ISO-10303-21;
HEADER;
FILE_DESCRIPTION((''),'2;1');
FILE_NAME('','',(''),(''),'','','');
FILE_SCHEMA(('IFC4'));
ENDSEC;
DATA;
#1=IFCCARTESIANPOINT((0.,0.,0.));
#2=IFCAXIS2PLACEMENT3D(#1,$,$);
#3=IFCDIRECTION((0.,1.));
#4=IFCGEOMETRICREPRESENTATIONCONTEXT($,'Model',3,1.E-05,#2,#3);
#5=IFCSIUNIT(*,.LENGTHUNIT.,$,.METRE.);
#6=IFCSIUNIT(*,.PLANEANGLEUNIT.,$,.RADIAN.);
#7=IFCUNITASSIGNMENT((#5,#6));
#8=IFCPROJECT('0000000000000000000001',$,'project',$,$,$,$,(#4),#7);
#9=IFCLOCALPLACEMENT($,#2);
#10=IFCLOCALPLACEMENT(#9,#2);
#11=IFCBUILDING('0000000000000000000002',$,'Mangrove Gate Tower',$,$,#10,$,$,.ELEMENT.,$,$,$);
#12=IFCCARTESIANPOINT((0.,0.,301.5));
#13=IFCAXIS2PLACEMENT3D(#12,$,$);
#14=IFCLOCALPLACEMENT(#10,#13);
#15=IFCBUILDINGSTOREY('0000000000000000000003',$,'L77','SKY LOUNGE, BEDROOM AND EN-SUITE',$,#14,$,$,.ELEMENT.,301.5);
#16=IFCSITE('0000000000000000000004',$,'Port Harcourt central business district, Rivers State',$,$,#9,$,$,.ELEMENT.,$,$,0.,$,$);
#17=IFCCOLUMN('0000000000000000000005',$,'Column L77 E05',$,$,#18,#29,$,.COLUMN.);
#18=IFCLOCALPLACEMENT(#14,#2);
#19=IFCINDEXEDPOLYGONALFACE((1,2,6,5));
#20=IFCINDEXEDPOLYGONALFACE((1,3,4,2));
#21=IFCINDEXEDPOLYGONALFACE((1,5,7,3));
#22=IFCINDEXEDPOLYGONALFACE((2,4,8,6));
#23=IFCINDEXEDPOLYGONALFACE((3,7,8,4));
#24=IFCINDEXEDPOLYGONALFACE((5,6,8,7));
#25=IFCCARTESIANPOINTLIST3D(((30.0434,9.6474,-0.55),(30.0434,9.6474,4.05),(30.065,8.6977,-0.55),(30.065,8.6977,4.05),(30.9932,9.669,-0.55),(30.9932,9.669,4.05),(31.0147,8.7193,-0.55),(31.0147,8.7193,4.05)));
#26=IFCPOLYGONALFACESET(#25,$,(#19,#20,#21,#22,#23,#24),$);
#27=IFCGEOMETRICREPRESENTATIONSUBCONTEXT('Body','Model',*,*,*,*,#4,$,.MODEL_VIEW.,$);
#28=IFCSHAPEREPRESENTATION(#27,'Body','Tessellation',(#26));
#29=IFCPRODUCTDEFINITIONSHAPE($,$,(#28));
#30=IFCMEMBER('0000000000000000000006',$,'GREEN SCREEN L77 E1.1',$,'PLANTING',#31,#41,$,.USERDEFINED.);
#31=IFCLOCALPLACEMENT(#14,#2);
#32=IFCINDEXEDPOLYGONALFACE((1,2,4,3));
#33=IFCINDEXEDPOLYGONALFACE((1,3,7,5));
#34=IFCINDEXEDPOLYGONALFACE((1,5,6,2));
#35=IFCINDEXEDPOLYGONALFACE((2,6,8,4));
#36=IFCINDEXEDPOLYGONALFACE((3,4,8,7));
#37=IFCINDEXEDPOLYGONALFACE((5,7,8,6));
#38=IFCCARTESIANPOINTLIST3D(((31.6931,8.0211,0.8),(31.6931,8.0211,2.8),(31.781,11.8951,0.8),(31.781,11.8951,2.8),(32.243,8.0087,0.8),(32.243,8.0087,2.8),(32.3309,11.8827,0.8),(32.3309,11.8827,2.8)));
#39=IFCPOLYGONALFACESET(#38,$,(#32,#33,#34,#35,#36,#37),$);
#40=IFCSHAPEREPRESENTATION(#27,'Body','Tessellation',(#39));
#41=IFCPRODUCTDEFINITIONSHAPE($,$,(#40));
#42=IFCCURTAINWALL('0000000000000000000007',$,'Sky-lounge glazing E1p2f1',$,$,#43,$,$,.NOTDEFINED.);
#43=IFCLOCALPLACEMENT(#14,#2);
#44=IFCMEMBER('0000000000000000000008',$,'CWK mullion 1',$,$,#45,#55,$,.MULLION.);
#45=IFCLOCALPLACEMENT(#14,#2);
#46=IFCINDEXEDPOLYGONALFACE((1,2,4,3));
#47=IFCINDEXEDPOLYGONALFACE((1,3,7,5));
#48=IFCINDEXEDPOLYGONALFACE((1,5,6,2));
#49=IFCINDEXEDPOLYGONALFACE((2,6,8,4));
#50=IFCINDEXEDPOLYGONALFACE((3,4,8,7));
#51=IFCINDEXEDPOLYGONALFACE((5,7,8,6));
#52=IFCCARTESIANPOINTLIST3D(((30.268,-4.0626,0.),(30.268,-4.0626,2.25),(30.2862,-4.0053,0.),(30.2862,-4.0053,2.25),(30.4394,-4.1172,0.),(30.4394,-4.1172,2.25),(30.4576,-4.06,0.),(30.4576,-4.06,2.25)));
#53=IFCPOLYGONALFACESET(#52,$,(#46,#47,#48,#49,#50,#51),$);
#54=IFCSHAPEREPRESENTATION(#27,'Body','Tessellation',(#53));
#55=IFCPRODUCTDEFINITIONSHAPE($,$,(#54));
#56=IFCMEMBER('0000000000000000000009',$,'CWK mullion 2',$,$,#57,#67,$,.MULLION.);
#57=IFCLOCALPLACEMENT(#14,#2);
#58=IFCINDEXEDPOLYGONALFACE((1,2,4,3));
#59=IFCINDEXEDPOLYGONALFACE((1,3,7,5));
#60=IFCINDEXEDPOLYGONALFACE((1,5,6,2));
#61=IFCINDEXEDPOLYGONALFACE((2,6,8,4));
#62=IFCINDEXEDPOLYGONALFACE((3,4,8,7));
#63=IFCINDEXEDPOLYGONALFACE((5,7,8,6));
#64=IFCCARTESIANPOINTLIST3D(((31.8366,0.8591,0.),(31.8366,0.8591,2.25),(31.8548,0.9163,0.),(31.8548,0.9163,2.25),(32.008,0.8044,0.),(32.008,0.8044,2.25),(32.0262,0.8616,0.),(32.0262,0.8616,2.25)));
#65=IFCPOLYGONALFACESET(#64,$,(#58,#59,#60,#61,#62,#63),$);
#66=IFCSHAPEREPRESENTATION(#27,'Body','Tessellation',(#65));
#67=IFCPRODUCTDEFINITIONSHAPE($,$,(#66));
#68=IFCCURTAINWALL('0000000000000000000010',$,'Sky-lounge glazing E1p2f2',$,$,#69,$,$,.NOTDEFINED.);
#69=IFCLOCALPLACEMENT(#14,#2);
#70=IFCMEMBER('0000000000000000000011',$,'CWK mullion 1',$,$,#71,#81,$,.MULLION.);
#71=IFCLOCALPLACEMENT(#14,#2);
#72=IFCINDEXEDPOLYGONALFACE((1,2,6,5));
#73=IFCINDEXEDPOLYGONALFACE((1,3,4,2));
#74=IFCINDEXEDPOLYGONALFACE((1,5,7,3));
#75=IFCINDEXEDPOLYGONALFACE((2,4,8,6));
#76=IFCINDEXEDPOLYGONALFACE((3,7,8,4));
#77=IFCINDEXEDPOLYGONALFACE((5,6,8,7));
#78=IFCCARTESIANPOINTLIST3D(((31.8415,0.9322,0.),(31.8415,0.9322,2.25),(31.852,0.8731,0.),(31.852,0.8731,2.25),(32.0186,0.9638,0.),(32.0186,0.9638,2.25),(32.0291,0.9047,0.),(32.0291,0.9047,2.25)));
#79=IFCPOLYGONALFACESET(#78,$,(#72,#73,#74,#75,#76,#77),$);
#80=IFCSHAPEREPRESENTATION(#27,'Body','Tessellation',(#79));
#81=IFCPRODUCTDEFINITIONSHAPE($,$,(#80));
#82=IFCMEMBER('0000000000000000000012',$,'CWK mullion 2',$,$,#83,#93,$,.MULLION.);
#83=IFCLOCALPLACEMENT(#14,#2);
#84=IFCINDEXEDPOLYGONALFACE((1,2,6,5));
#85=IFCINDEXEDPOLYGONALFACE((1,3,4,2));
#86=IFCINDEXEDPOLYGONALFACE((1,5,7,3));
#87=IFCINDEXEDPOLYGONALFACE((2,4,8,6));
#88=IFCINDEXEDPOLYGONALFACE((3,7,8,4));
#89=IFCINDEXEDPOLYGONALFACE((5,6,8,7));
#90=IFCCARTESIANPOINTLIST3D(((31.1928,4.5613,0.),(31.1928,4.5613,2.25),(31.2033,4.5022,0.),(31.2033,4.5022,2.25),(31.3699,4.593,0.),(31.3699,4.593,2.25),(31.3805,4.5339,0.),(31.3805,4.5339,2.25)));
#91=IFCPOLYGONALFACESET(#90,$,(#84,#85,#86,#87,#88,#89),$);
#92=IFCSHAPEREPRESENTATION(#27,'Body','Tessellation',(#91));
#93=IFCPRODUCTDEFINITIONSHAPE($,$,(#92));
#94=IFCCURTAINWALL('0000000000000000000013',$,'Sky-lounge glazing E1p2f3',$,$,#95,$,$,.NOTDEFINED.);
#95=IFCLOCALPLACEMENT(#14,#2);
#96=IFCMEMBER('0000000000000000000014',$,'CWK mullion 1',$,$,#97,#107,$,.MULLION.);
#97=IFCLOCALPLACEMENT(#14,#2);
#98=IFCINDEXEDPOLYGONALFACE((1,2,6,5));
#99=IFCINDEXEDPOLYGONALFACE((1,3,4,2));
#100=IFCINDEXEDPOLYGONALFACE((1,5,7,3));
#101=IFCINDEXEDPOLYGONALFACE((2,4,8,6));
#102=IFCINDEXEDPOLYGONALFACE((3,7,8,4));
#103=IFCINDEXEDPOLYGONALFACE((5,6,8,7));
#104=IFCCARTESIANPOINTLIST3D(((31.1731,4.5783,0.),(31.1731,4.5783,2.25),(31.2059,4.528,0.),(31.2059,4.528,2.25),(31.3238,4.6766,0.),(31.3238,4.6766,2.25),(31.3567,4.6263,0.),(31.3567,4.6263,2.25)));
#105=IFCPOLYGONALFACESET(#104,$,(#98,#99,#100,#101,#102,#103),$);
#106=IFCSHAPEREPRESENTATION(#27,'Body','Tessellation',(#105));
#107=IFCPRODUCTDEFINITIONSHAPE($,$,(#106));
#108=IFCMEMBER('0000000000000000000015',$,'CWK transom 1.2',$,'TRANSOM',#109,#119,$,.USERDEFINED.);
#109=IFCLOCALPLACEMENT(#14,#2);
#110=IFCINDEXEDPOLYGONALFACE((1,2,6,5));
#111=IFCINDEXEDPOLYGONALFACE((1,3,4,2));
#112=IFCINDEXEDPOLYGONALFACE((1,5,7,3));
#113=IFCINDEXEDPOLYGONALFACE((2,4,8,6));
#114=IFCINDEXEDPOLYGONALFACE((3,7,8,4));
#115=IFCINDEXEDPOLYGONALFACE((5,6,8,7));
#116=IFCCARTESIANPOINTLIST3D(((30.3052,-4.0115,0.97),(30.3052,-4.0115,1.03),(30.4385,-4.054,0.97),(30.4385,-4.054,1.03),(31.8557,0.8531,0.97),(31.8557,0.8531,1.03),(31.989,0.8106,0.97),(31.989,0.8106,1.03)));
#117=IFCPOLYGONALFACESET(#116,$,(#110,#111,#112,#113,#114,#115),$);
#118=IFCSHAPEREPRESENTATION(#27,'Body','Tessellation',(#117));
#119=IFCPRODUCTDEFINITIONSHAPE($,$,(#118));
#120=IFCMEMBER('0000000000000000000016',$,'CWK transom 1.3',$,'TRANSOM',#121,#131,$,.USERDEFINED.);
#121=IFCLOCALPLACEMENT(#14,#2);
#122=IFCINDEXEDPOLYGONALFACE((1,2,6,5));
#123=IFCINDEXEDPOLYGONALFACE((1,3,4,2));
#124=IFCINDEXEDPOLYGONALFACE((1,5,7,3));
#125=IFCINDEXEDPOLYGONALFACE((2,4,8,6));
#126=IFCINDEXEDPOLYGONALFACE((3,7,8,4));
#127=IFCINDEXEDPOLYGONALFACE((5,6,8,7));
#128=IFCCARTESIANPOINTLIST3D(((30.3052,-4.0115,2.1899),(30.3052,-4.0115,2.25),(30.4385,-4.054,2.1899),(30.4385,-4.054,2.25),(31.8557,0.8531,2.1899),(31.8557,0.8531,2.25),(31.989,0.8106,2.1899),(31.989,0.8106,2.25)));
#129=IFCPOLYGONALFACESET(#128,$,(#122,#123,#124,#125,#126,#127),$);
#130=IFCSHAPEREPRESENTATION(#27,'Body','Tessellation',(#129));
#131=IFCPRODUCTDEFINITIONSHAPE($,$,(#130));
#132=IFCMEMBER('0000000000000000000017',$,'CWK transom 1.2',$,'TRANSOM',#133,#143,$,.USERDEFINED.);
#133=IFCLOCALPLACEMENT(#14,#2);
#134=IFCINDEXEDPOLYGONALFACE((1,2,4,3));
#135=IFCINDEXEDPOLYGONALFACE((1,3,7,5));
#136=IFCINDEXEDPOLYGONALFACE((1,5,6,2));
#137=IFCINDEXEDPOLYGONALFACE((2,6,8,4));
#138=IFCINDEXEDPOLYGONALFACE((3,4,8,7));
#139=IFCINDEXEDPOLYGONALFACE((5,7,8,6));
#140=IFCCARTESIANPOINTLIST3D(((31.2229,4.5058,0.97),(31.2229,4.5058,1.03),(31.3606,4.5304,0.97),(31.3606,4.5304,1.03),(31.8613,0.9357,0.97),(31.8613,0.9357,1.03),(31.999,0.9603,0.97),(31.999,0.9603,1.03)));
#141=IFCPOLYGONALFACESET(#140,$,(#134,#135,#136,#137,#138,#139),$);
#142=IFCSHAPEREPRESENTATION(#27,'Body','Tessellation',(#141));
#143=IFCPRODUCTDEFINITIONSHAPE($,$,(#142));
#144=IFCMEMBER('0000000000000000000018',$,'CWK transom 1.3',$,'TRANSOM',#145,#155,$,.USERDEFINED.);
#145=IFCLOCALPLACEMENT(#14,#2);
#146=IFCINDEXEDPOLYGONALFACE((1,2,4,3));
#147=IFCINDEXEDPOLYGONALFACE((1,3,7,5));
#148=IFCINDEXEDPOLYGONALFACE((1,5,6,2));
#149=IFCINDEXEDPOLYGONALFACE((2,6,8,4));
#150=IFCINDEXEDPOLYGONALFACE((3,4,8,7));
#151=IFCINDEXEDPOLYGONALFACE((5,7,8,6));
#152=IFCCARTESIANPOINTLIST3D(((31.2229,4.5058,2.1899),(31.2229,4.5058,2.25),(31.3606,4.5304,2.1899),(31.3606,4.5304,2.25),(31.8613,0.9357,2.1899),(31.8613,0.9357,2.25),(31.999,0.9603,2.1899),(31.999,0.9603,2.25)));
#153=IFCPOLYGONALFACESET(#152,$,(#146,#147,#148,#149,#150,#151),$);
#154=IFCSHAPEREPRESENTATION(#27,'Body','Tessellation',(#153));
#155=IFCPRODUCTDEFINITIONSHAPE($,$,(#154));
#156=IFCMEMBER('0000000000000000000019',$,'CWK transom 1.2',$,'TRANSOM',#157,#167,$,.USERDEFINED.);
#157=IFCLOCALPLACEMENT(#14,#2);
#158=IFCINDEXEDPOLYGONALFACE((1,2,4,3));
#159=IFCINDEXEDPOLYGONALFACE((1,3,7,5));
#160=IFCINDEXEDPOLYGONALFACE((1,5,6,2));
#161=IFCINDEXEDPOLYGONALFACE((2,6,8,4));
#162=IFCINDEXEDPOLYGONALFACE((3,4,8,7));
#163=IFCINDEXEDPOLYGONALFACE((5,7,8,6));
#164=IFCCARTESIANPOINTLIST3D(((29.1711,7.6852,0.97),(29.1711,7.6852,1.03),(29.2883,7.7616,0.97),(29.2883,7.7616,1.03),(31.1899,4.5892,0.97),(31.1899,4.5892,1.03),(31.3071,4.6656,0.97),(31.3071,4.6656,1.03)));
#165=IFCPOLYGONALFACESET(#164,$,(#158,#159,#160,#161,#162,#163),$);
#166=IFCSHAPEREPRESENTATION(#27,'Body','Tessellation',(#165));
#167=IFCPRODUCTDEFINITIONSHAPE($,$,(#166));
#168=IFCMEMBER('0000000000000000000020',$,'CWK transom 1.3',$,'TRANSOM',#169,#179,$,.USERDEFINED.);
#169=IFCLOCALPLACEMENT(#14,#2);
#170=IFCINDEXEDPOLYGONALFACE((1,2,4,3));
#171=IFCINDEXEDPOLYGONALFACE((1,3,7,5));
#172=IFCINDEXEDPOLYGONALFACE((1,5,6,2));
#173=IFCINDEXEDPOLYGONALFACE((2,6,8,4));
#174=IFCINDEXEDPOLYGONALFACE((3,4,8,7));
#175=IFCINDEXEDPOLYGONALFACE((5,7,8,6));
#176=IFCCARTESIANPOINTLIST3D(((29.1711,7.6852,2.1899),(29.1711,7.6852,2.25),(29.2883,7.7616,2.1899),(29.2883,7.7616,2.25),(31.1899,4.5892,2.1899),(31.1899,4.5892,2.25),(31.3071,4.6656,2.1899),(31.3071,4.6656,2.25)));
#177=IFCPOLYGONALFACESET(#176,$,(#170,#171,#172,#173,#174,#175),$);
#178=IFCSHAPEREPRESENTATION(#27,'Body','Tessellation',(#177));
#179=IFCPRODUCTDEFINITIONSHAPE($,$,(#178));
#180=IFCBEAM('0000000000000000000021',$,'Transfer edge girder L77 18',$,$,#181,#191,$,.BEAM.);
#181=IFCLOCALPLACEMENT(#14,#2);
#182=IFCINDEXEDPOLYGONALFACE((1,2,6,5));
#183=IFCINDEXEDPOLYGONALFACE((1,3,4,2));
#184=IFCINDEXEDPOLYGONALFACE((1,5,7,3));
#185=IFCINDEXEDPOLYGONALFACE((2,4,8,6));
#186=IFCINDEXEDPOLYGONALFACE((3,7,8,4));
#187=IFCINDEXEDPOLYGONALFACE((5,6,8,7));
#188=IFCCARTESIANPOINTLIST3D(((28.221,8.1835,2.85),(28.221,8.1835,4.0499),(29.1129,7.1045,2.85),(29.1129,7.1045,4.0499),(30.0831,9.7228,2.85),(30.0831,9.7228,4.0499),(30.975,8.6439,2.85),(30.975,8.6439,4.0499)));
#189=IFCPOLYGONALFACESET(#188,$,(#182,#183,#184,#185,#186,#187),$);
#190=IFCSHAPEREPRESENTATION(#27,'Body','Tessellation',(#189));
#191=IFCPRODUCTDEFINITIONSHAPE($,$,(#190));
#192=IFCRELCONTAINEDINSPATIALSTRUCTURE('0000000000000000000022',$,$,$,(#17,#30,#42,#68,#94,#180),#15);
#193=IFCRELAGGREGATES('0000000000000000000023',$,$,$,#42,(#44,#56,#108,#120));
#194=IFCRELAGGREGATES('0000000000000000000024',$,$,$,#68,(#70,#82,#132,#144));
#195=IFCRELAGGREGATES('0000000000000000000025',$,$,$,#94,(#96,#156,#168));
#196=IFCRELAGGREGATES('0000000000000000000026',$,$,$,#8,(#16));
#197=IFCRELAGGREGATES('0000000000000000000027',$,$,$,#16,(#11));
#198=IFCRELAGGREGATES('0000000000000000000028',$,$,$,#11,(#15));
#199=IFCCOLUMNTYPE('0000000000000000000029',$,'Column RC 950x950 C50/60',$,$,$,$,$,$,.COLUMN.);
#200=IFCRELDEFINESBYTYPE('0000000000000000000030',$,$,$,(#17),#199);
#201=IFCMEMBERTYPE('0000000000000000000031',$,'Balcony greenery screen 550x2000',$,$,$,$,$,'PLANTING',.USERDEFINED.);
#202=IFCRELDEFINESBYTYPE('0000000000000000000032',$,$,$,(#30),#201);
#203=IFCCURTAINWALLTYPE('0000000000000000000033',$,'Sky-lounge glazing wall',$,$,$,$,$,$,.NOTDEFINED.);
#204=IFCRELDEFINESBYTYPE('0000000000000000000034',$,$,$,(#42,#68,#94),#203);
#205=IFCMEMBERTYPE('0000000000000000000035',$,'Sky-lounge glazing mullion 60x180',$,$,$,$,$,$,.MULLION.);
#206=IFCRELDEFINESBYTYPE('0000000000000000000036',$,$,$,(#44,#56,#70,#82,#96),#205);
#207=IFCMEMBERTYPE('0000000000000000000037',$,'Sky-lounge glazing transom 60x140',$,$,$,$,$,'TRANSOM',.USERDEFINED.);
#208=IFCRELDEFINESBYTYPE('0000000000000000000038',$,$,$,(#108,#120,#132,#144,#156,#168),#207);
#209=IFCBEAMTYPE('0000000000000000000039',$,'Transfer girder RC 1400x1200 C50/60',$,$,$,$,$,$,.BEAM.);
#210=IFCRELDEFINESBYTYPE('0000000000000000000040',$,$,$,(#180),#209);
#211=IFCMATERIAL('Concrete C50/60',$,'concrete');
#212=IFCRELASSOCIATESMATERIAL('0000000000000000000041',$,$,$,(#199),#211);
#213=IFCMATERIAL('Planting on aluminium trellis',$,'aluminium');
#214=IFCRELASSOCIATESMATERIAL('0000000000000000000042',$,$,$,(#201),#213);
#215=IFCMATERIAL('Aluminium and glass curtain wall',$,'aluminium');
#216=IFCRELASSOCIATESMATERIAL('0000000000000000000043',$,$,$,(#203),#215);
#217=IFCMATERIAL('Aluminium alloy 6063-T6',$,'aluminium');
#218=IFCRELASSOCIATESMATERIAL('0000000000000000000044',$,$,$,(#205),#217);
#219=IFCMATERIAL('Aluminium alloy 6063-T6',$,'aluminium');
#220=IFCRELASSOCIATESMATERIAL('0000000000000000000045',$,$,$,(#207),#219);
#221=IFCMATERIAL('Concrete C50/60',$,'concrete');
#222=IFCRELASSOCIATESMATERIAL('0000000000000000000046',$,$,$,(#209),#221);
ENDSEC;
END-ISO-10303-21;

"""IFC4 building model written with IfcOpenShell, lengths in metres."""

from ifc_helpers import new_model, si_unit, direction, frame, origin, origin_2d, place, context, subcontext, project, spatial, rectangle, extrude, material, material_profile, profile_set, type_object, element, aggregate, save


model = new_model("IFC4")

# Units and contexts
model_context = context("Model", 3, precision=1e-05, world=origin(), true_north=direction((0.0, 1.0)))
body_context = subcontext(model_context, "Body", "Model", "MODEL_VIEW")
ifc_project = project(units=[si_unit("LENGTHUNIT", "METRE"), si_unit("PLANEANGLEUNIT", "RADIAN")], contexts=[model_context])

# Site, building, storey
site_placement = place(None, origin())
site = spatial("IfcSite", under=ifc_project, at=site_placement, Name="Port Harcourt central business district, Rivers State", CompositionType="ELEMENT", RefElevation=0.0)
building_placement = place(site_placement, origin())
building = spatial("IfcBuilding", under=site, at=building_placement, Name="Mangrove Gate Tower", CompositionType="ELEMENT")
storey_placement = place(building_placement, frame((0.0, 0.0, 301.5)))
storey = spatial("IfcBuildingStorey", under=building, at=storey_placement, Name="L77", Description="SKY LOUNGE, BEDROOM AND EN-SUITE", CompositionType="ELEMENT", Elevation=301.5)

# Column
ifc_material_1 = material(Name="Concrete C50/60", Category="concrete")
ifc_material_profile_1 = material_profile(ifc_material_1, rectangle(XDim=0.95, YDim=0.95, at=origin_2d()))
ifc_profile_set_1 = profile_set([ifc_material_profile_1], Name="Concrete C50/60")
column_type = type_object("IfcColumnType", Name="Column RC 950x950 C50/60", PredefinedType="COLUMN", material=ifc_profile_set_1)
column_placement = place(storey_placement, frame((30.5291, 9.1833, -0.55), z_axis=(0.0, 0.0, 1.0), x_axis=(-0.022642, 0.999744, 0.0)))
element("IfcColumn", 1, at=column_placement, inside=storey, type_object=column_type, Name="Column L77 E05", PredefinedType="COLUMN", context=body_context, shape_type="SweptSolid", body=[
    extrude(rectangle(XDim=0.95, YDim=0.95, at=origin_2d()), origin(), (0.0, 0.0, 1.0), 4.6001),
])

# Member
ifc_material_2 = material(Name="Planting on aluminium trellis", Category="aluminium")
ifc_material_profile_2 = material_profile(ifc_material_2, rectangle(XDim=0.55, YDim=2.0, at=origin_2d()))
ifc_profile_set_2 = profile_set([ifc_material_profile_2], Name="Planting on aluminium trellis")
member_type_1 = type_object("IfcMemberType", Name="Balcony greenery screen 550x2000", ElementType="PLANTING", PredefinedType="USERDEFINED", material=ifc_profile_set_2)
member_1_placement = place(storey_placement, frame((31.968, 8.0149, 1.8), z_axis=(0.022681, 0.999743, 0.0), x_axis=(-0.999743, 0.022681, 0.0)))
element("IfcMember", 2, at=member_1_placement, inside=storey, type_object=member_type_1, Name="GREEN SCREEN L77 E1.1", ObjectType="PLANTING", PredefinedType="USERDEFINED", context=body_context, shape_type="SweptSolid", body=[
    extrude(rectangle(XDim=0.55, YDim=2.0, at=origin_2d()), origin(), (0.0, 0.0, 1.0), 3.875),
])

# Curtain walls, members
ifc_material_3 = material(Name="Aluminium and glass curtain wall", Category="aluminium")
curtain_wall_type = type_object("IfcCurtainWallType", Name="Sky-lounge glazing wall", PredefinedType="NOTDEFINED", material=ifc_material_3)
curtain_wall_1_placement = place(storey_placement, origin())
curtain_wall_1 = element("IfcCurtainWall", 3, at=curtain_wall_1_placement, inside=storey, type_object=curtain_wall_type, Name="Sky-lounge glazing E1p2f1", PredefinedType="NOTDEFINED")
ifc_material_4 = material(Name="Aluminium alloy 6063-T6", Category="aluminium")
ifc_material_profile_3 = material_profile(ifc_material_4, rectangle(XDim=0.0601, YDim=0.1799, at=origin_2d()))
ifc_profile_set_3 = profile_set([ifc_material_profile_3], Name="Aluminium alloy 6063-T6")
member_type_2 = type_object("IfcMemberType", Name="Sky-lounge glazing mullion 60x180", PredefinedType="MULLION", material=ifc_profile_set_3)
member_2_placement = place(storey_placement, frame((30.3628, -4.0613, 0.0), z_axis=(0.0, 0.0, 1.0), x_axis=(0.303697, 0.952769, 0.0)))
member_2 = element("IfcMember", 4, at=member_2_placement, type_object=member_type_2, Name="CWK mullion 1", PredefinedType="MULLION", context=body_context, shape_type="SweptSolid", body=[
    extrude(rectangle(XDim=0.0601, YDim=0.1799, at=origin_2d()), origin(), (0.0, 0.0, 1.0), 2.25),
])
member_3_placement = place(storey_placement, frame((31.9314, 0.8604, 0.0), z_axis=(0.0, 0.0, 1.0), x_axis=(0.303697, 0.952769, 0.0)))
member_3 = element("IfcMember", 5, at=member_3_placement, type_object=member_type_2, Name="CWK mullion 2", PredefinedType="MULLION", context=body_context, shape_type="SweptSolid", body=[
    extrude(rectangle(XDim=0.0601, YDim=0.1799, at=origin_2d()), origin(), (0.0, 0.0, 1.0), 2.25),
])
curtain_wall_2_placement = place(storey_placement, origin())
curtain_wall_2 = element("IfcCurtainWall", 6, at=curtain_wall_2_placement, inside=storey, type_object=curtain_wall_type, Name="Sky-lounge glazing E1p2f2", PredefinedType="NOTDEFINED")
member_4_placement = place(storey_placement, frame((31.9353, 0.9185, 0.0), z_axis=(0.0, 0.0, 1.0), x_axis=(-0.175968, 0.984396, 0.0)))
member_4 = element("IfcMember", 7, at=member_4_placement, type_object=member_type_2, Name="CWK mullion 1", PredefinedType="MULLION", context=body_context, shape_type="SweptSolid", body=[
    extrude(rectangle(XDim=0.0601, YDim=0.1799, at=origin_2d()), origin(), (0.0, 0.0, 1.0), 2.25),
])
member_5_placement = place(storey_placement, frame((31.2866, 4.5476, 0.0), z_axis=(0.0, 0.0, 1.0), x_axis=(-0.175968, 0.984396, 0.0)))
member_5 = element("IfcMember", 8, at=member_5_placement, type_object=member_type_2, Name="CWK mullion 2", PredefinedType="MULLION", context=body_context, shape_type="SweptSolid", body=[
    extrude(rectangle(XDim=0.0601, YDim=0.1799, at=origin_2d()), origin(), (0.0, 0.0, 1.0), 2.25),
])

# Curtain wall, member
curtain_wall_3_placement = place(storey_placement, origin())
curtain_wall_3 = element("IfcCurtainWall", 9, at=curtain_wall_3_placement, inside=storey, type_object=curtain_wall_type, Name="Sky-lounge glazing E1p2f3", PredefinedType="NOTDEFINED")
member_6_placement = place(storey_placement, frame((31.2649, 4.6023, 0.0), z_axis=(0.0, 0.0, 1.0), x_axis=(-0.546235, 0.837632, 0.0)))
member_6 = element("IfcMember", 10, at=member_6_placement, type_object=member_type_2, Name="CWK mullion 1", PredefinedType="MULLION", context=body_context, shape_type="SweptSolid", body=[
    extrude(rectangle(XDim=0.0601, YDim=0.1799, at=origin_2d()), origin(), (0.0, 0.0, 1.0), 2.25),
])

# Members
ifc_material_5 = material(Name="Aluminium alloy 6063-T6", Category="aluminium")
ifc_material_profile_4 = material_profile(ifc_material_5, rectangle(XDim=0.0601, YDim=0.1399, at=origin_2d()))
ifc_profile_set_4 = profile_set([ifc_material_profile_4], Name="Aluminium alloy 6063-T6")
member_type_3 = type_object("IfcMemberType", Name="Sky-lounge glazing transom 60x140", ElementType="TRANSOM", PredefinedType="USERDEFINED", material=ifc_profile_set_4)
member_7_placement = place(storey_placement, frame((30.3718, -4.0327, 1.0), z_axis=(0.303691, 0.952771, 0.0), x_axis=(0.0, 0.0, 1.0)))
member_7 = element("IfcMember", 11, at=member_7_placement, type_object=member_type_3, Name="CWK transom 1.2", ObjectType="TRANSOM", PredefinedType="USERDEFINED", context=body_context, shape_type="SweptSolid", body=[
    extrude(rectangle(XDim=0.0601, YDim=0.1399, at=origin_2d()), origin(), (0.0, 0.0, 1.0), 5.1057),
])
member_8_placement = place(storey_placement, frame((30.3718, -4.0327, 2.22), z_axis=(0.303691, 0.952771, 0.0), x_axis=(0.0, 0.0, 1.0)))
member_8 = element("IfcMember", 12, at=member_8_placement, type_object=member_type_3, Name="CWK transom 1.3", ObjectType="TRANSOM", PredefinedType="USERDEFINED", context=body_context, shape_type="SweptSolid", body=[
    extrude(rectangle(XDim=0.0601, YDim=0.1399, at=origin_2d()), origin(), (0.0, 0.0, 1.0), 5.1057),
])
member_9_placement = place(storey_placement, frame((31.9302, 0.948, 1.0), z_axis=(-0.176035, 0.984384, 0.0), x_axis=(0.0, 0.0, 1.0)))
member_9 = element("IfcMember", 13, at=member_9_placement, type_object=member_type_3, Name="CWK transom 1.2", ObjectType="TRANSOM", PredefinedType="USERDEFINED", context=body_context, shape_type="SweptSolid", body=[
    extrude(rectangle(XDim=0.0601, YDim=0.1399, at=origin_2d()), origin(), (0.0, 0.0, 1.0), 3.6267),
])
member_10_placement = place(storey_placement, frame((31.9302, 0.948, 2.22), z_axis=(-0.176035, 0.984384, 0.0), x_axis=(0.0, 0.0, 1.0)))
member_10 = element("IfcMember", 14, at=member_10_placement, type_object=member_type_3, Name="CWK transom 1.3", ObjectType="TRANSOM", PredefinedType="USERDEFINED", context=body_context, shape_type="SweptSolid", body=[
    extrude(rectangle(XDim=0.0601, YDim=0.1399, at=origin_2d()), origin(), (0.0, 0.0, 1.0), 3.6267),
])
member_11_placement = place(storey_placement, frame((31.2485, 4.6274, 1.0), z_axis=(-0.546211, 0.837647, 0.0), x_axis=(0.0, 0.0, 1.0)))
member_11 = element("IfcMember", 15, at=member_11_placement, type_object=member_type_3, Name="CWK transom 1.2", ObjectType="TRANSOM", PredefinedType="USERDEFINED", context=body_context, shape_type="SweptSolid", body=[
    extrude(rectangle(XDim=0.0601, YDim=0.1399, at=origin_2d()), origin(), (0.0, 0.0, 1.0), 3.696),
])
member_12_placement = place(storey_placement, frame((31.2485, 4.6274, 2.22), z_axis=(-0.546211, 0.837647, 0.0), x_axis=(0.0, 0.0, 1.0)))
member_12 = element("IfcMember", 16, at=member_12_placement, type_object=member_type_3, Name="CWK transom 1.3", ObjectType="TRANSOM", PredefinedType="USERDEFINED", context=body_context, shape_type="SweptSolid", body=[
    extrude(rectangle(XDim=0.0601, YDim=0.1399, at=origin_2d()), origin(), (0.0, 0.0, 1.0), 3.696),
])

# Beam
ifc_material_6 = material(Name="Concrete C50/60", Category="concrete")
ifc_material_profile_5 = material_profile(ifc_material_6, rectangle(XDim=1.3999, YDim=1.2, at=origin_2d()))
ifc_profile_set_5 = profile_set([ifc_material_profile_5], Name="Concrete C50/60")
beam_type = type_object("IfcBeamType", Name="Transfer girder RC 1400x1200 C50/60", PredefinedType="BEAM", material=ifc_profile_set_5)
beam_placement = place(storey_placement, frame((30.5291, 9.1833, 3.45), z_axis=(-0.770742, -0.637148, 0.0), x_axis=(0.637148, -0.770742, 0.0)))
element("IfcBeam", 17, at=beam_placement, inside=storey, type_object=beam_type, Name="Transfer edge girder L77 18", PredefinedType="BEAM", context=body_context, shape_type="SweptSolid", body=[
    extrude(rectangle(XDim=1.3999, YDim=1.2, at=origin_2d()), origin(), (0.0, 0.0, 1.0), 2.416),
])

aggregate(curtain_wall_1, [member_2, member_3, member_7, member_8])
aggregate(curtain_wall_2, [member_4, member_5, member_9, member_10])
aggregate(curtain_wall_3, [member_6, member_11, member_12])

save(model, "model.ifc")
